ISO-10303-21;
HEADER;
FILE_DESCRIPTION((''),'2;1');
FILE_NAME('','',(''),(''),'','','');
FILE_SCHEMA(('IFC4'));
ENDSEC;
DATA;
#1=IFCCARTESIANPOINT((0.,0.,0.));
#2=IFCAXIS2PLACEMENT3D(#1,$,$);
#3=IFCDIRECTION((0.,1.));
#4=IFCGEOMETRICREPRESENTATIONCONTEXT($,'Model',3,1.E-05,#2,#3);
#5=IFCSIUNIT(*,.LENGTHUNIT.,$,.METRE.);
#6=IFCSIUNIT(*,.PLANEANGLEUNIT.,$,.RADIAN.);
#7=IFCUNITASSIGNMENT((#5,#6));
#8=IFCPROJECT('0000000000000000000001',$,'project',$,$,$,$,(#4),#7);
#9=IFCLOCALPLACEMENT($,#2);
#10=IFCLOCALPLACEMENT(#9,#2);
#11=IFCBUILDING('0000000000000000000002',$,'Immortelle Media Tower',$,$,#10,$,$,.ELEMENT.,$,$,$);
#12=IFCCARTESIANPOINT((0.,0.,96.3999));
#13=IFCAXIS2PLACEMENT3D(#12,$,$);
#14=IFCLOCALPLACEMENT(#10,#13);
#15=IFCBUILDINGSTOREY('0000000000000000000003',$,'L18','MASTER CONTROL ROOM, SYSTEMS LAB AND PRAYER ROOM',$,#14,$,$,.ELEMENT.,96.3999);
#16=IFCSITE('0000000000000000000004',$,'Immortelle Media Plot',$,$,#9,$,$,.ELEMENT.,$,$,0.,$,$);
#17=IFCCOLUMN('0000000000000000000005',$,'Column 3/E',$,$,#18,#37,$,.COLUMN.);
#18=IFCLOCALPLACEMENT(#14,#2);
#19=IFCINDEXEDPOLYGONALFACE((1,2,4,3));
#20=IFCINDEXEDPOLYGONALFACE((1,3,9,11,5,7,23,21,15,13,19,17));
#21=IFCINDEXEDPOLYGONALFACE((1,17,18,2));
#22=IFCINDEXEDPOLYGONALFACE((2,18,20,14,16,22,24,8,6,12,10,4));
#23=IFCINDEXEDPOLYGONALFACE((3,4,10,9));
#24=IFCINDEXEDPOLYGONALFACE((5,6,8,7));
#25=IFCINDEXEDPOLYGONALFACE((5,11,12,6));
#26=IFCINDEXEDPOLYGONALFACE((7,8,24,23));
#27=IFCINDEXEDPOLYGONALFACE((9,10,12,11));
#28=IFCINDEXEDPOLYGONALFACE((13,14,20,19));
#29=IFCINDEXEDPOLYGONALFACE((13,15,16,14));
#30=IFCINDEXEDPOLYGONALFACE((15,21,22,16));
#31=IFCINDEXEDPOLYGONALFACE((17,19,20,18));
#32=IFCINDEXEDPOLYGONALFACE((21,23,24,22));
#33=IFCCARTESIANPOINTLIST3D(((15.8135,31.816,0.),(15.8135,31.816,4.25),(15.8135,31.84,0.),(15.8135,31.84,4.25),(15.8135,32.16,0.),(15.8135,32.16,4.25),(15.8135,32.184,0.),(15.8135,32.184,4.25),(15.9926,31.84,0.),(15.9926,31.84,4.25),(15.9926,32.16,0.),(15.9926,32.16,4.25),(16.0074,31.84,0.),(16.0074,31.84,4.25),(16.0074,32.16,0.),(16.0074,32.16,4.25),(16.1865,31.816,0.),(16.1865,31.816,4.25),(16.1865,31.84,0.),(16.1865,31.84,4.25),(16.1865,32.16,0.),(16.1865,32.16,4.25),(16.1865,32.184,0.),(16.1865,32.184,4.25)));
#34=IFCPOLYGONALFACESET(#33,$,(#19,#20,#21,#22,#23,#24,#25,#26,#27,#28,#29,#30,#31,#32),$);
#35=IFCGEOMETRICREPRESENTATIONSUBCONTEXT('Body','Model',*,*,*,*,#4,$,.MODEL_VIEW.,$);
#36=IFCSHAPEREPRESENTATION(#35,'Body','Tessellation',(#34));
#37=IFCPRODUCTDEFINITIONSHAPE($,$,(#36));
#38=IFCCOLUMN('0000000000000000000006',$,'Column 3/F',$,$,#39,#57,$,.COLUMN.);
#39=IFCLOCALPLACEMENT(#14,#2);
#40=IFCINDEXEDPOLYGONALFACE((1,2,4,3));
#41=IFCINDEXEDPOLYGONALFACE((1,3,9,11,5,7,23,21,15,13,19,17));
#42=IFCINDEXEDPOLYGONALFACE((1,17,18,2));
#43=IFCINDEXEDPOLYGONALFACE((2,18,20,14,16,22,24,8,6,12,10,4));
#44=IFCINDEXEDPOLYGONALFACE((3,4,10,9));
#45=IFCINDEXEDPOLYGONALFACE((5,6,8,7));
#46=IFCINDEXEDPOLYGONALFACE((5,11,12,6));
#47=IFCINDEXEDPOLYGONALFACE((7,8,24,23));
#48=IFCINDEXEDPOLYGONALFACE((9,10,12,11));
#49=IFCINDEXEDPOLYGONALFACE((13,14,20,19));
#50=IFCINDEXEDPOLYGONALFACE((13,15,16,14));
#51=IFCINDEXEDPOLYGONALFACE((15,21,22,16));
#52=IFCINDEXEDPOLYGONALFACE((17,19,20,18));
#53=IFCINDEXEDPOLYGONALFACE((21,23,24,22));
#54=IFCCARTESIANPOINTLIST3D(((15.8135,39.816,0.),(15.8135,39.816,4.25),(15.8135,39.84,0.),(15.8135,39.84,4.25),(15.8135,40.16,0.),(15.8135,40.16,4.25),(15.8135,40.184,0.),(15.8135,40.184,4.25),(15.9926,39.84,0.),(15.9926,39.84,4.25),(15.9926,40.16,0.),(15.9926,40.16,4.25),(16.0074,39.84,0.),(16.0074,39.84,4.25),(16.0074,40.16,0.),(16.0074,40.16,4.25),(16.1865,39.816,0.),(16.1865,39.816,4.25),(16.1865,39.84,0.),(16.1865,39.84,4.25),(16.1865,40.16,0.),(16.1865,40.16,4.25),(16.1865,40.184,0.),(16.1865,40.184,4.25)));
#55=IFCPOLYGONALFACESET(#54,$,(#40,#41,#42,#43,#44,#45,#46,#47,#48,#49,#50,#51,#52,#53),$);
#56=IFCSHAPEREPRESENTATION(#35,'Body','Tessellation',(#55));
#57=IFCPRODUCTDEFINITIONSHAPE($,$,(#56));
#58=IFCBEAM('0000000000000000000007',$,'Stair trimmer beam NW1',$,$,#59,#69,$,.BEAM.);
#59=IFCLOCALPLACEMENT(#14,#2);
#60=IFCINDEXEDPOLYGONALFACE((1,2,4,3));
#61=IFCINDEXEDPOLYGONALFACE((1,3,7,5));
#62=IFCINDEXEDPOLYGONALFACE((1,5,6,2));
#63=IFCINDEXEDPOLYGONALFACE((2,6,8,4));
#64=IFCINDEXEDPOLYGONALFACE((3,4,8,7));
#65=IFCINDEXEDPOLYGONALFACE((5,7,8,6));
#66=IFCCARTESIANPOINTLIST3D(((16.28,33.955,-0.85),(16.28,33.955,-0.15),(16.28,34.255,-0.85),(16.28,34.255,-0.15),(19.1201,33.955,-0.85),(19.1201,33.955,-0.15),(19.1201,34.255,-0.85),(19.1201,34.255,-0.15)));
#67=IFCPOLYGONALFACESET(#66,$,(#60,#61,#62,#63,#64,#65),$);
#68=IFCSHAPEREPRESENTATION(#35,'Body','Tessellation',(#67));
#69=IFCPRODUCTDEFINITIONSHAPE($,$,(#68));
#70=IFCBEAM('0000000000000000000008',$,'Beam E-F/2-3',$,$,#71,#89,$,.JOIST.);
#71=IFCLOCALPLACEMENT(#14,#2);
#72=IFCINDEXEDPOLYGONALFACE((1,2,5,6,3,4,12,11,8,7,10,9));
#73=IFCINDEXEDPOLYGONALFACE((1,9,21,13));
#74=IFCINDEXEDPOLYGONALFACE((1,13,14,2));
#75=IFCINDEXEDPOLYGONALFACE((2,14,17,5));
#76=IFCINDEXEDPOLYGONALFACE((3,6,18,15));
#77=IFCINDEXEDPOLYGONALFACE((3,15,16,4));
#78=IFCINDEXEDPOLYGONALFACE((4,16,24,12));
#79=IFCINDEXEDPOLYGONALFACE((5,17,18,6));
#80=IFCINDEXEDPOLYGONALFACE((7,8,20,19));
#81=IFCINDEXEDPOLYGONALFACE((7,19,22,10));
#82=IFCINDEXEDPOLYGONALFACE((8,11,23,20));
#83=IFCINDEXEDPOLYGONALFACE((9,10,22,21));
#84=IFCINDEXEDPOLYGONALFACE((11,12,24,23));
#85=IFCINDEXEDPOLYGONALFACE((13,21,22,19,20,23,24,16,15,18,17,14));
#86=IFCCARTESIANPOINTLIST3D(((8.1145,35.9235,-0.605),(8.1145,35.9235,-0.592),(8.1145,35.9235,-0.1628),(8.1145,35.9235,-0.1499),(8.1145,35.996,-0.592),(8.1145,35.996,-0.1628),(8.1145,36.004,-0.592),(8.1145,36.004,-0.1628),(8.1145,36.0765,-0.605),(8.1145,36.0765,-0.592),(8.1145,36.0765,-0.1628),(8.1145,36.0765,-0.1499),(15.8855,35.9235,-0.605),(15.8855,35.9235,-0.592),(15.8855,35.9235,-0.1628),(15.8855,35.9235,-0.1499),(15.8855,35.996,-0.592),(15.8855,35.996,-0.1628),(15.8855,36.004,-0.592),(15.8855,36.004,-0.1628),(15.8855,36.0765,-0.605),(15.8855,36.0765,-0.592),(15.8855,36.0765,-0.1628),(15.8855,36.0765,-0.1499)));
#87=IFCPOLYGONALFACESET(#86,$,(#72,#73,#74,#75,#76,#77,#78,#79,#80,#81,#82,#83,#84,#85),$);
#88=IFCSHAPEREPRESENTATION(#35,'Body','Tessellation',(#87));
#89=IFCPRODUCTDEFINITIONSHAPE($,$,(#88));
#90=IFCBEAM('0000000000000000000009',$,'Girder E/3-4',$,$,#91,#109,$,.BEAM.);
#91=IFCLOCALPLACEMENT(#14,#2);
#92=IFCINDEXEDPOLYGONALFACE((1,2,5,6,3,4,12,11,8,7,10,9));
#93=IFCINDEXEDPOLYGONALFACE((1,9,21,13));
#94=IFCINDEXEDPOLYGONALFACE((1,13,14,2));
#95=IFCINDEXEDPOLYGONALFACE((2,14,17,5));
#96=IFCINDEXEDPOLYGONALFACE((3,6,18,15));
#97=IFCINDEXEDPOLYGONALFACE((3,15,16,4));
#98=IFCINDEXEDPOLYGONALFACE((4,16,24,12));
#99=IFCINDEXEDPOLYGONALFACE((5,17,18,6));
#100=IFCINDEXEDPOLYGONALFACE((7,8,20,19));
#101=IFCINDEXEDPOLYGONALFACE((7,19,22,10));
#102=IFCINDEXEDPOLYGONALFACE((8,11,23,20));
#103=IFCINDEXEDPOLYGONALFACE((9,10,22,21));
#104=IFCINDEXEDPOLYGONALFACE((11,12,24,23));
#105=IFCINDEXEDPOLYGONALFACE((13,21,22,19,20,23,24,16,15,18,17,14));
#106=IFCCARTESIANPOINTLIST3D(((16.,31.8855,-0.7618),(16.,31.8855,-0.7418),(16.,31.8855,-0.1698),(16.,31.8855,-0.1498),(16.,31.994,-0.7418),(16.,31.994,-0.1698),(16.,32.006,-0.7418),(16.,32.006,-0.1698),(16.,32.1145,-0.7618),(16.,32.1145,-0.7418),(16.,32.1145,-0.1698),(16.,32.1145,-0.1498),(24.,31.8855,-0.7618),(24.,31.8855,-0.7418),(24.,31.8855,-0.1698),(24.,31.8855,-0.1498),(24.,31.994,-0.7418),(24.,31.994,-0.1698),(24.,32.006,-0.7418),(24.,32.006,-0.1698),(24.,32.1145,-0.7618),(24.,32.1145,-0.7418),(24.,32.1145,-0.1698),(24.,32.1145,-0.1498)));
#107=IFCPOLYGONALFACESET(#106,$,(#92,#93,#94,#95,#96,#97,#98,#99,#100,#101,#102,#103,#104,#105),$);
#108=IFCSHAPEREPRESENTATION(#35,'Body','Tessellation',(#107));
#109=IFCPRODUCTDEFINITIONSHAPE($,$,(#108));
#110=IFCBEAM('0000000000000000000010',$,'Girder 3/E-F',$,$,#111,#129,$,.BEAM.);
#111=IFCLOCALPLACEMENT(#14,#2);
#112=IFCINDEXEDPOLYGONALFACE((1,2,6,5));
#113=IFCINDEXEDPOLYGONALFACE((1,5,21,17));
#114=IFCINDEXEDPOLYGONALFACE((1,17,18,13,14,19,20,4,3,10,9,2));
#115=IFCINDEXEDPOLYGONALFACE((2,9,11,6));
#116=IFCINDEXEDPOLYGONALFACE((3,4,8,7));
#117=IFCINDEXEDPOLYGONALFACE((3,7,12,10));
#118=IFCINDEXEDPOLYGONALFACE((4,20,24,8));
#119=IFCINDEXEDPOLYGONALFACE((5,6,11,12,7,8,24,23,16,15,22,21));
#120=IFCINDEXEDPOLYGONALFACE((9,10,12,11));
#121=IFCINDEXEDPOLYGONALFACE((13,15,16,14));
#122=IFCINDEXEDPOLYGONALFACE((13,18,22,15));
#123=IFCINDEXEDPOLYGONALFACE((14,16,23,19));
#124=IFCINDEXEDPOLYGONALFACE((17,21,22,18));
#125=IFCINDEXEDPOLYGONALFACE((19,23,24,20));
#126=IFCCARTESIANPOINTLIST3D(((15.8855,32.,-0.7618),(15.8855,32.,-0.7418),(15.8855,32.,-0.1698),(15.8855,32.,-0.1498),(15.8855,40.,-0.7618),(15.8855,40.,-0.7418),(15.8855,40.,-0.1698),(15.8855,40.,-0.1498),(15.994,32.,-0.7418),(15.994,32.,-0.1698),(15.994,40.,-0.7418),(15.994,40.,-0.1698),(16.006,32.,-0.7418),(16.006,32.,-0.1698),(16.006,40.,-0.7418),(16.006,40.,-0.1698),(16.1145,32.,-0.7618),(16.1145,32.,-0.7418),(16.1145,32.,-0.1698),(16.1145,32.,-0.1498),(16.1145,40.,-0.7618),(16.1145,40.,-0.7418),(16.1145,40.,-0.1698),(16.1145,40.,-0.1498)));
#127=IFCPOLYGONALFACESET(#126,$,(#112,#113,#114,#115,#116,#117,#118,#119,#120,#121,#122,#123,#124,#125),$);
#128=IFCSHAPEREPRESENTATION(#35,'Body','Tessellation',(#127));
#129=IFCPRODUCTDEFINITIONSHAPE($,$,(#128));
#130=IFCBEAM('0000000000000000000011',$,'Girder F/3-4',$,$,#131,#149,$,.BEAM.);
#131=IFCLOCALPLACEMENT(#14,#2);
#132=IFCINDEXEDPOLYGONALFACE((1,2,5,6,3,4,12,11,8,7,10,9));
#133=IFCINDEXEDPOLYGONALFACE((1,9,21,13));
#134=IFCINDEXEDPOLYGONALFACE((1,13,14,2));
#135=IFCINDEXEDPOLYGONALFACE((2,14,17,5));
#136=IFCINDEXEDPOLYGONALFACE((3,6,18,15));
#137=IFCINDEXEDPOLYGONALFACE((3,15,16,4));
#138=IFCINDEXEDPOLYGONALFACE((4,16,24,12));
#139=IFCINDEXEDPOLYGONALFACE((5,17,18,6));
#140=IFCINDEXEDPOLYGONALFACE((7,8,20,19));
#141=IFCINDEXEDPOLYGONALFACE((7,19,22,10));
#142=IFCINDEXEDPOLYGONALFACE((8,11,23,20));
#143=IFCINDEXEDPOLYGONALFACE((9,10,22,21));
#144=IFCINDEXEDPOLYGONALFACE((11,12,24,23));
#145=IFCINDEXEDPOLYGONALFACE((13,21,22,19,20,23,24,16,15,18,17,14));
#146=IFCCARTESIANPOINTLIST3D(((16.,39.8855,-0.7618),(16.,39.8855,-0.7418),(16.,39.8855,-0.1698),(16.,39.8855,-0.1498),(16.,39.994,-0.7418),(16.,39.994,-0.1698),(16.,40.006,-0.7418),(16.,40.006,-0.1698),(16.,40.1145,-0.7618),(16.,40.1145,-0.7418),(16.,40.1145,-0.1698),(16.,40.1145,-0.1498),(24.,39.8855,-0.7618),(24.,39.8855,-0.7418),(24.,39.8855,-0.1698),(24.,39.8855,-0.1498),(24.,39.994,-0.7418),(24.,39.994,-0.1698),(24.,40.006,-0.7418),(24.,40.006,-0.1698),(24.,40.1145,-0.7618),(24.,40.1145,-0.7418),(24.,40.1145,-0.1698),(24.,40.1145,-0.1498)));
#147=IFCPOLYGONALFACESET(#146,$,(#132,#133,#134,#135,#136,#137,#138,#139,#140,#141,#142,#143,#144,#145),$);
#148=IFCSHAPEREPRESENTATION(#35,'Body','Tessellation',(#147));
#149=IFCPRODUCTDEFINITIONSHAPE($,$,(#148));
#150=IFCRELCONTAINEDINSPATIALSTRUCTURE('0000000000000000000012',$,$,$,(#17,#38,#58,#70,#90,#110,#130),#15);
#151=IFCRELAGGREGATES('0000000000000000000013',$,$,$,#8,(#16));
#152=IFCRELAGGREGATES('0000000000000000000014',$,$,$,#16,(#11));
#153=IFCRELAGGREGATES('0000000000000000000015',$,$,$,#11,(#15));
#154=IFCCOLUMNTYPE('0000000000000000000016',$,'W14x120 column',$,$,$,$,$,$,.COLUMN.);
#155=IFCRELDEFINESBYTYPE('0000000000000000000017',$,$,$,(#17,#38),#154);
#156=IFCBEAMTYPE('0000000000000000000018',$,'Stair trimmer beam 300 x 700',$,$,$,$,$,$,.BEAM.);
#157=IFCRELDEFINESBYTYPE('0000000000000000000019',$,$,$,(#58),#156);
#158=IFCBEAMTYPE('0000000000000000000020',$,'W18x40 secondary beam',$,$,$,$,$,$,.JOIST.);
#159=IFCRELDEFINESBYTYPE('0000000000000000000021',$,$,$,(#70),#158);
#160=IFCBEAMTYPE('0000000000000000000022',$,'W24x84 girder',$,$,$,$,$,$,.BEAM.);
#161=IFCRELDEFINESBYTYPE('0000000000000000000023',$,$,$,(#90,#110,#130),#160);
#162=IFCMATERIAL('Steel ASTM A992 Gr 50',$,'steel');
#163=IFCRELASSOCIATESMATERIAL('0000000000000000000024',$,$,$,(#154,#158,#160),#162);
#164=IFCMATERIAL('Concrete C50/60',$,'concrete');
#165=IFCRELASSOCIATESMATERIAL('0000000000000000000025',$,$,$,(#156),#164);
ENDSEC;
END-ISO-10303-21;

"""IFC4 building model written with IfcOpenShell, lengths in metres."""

from ifc_helpers import new_model, si_unit, direction, frame, origin, origin_2d, place, context, subcontext, project, spatial, rectangle, i_section, extrude, material, material_profile, profile_set, type_object, element, save


model = new_model("IFC4")

# Units and contexts
model_context = context("Model", 3, precision=1e-05, world=origin(), true_north=direction((0.0, 1.0)))
body_context = subcontext(model_context, "Body", "Model", "MODEL_VIEW")
ifc_project = project(units=[si_unit("LENGTHUNIT", "METRE"), si_unit("PLANEANGLEUNIT", "RADIAN")], contexts=[model_context])

# Site, building, storey
site_placement = place(None, origin())
site = spatial("IfcSite", under=ifc_project, at=site_placement, Name="Immortelle Media Plot", CompositionType="ELEMENT", RefElevation=0.0)
building_placement = place(site_placement, origin())
building = spatial("IfcBuilding", under=site, at=building_placement, Name="Immortelle Media Tower", CompositionType="ELEMENT")
storey_placement = place(building_placement, frame((0.0, 0.0, 96.3999)))
storey = spatial("IfcBuildingStorey", under=building, at=storey_placement, Name="L18", Description="MASTER CONTROL ROOM, SYSTEMS LAB AND PRAYER ROOM", CompositionType="ELEMENT", Elevation=96.3999)

# Columns
ifc_material_1 = material(Name="Steel ASTM A992 Gr 50", Category="steel")
ifc_material_profile_1 = material_profile(ifc_material_1, i_section(OverallWidth=0.373, OverallDepth=0.3679, WebThickness=0.0149, FlangeThickness=0.0239, at=origin_2d()), Name="W14x120")
ifc_profile_set_1 = profile_set([ifc_material_profile_1], Name="Steel ASTM A992 Gr 50")
column_type = type_object("IfcColumnType", Name="W14x120 column", PredefinedType="COLUMN", material=ifc_profile_set_1)
for number, where, z_axis, x_axis, name in (
    (1, (16.0, 32.0, 0.0), (0.0, 0.0, 1.0), (1.0, 0.0, 0.0), "Column 3/E"),
    (2, (16.0, 40.0, 0.0), (0.0, 0.0, 1.0), (1.0, 0.0, 0.0), "Column 3/F"),
):
    element("IfcColumn", number, at=place(storey_placement, frame(where, z_axis=z_axis, x_axis=x_axis)), inside=storey, type_object=column_type, Name=name, PredefinedType="COLUMN", context=body_context, shape_type="SweptSolid", body=[
        extrude(i_section(OverallWidth=0.373, OverallDepth=0.3679, WebThickness=0.0149, FlangeThickness=0.0239, at=origin_2d()), origin(), (0.0, 0.0, 1.0), 4.25),
    ])

# Beams
ifc_material_2 = material(Name="Concrete C50/60", Category="concrete")
ifc_material_profile_2 = material_profile(ifc_material_2, rectangle(XDim=0.3, YDim=0.7, at=origin_2d()), Name="RC 300x700")
ifc_profile_set_2 = profile_set([ifc_material_profile_2], Name="Concrete C50/60")
beam_type_1 = type_object("IfcBeamType", Name="Stair trimmer beam 300 x 700", PredefinedType="BEAM", material=ifc_profile_set_2)
beam_1_placement = place(storey_placement, frame((16.28, 34.105, -0.5), z_axis=(1.0, 0.0, 0.0), x_axis=(0.0, 1.0, 0.0)))
element("IfcBeam", 3, at=beam_1_placement, inside=storey, type_object=beam_type_1, Name="Stair trimmer beam NW1", PredefinedType="BEAM", context=body_context, shape_type="SweptSolid", body=[
    extrude(rectangle(XDim=0.3, YDim=0.7, at=origin_2d()), origin(), (0.0, 0.0, 1.0), 2.8401),
])
ifc_material_profile_3 = material_profile(ifc_material_1, i_section(OverallWidth=0.1531, OverallDepth=0.4551, WebThickness=0.0081, FlangeThickness=0.0129, at=origin_2d()), Name="W18x40")
ifc_profile_set_3 = profile_set([ifc_material_profile_3], Name="Steel ASTM A992 Gr 50")
beam_type_2 = type_object("IfcBeamType", Name="W18x40 secondary beam", PredefinedType="JOIST", material=ifc_profile_set_3)
beam_2_placement = place(storey_placement, frame((8.1145, 36.0, -0.3774), z_axis=(1.0, 0.0, 0.0), x_axis=(0.0, 1.0, 0.0)))
element("IfcBeam", 4, at=beam_2_placement, inside=storey, type_object=beam_type_2, Name="Beam E-F/2-3", PredefinedType="JOIST", context=body_context, shape_type="SweptSolid", body=[
    extrude(i_section(OverallWidth=0.1531, OverallDepth=0.4551, WebThickness=0.0081, FlangeThickness=0.0129, at=origin_2d()), origin(), (0.0, 0.0, 1.0), 7.771),
])
ifc_material_profile_4 = material_profile(ifc_material_1, i_section(OverallWidth=0.229, OverallDepth=0.6121, WebThickness=0.012, FlangeThickness=0.02, at=origin_2d()), Name="W24x84")
ifc_profile_set_4 = profile_set([ifc_material_profile_4], Name="Steel ASTM A992 Gr 50")
beam_type_3 = type_object("IfcBeamType", Name="W24x84 girder", PredefinedType="BEAM", material=ifc_profile_set_4)
for number, where, z_axis, x_axis, name in (
    (5, (16.0, 32.0, -0.4558), (1.0, 0.0, 0.0), (0.0, 1.0, 0.0), "Girder E/3-4"),
    (6, (16.0, 32.0, -0.4558), (0.0, 1.0, 0.0), (-1.0, 0.0, 0.0), "Girder 3/E-F"),
    (7, (16.0, 40.0, -0.4558), (1.0, 0.0, 0.0), (0.0, 1.0, 0.0), "Girder F/3-4"),
):
    element("IfcBeam", number, at=place(storey_placement, frame(where, z_axis=z_axis, x_axis=x_axis)), inside=storey, type_object=beam_type_3, Name=name, PredefinedType="BEAM", context=body_context, shape_type="SweptSolid", body=[
        extrude(i_section(OverallWidth=0.229, OverallDepth=0.6121, WebThickness=0.012, FlangeThickness=0.02, at=origin_2d()), origin(), (0.0, 0.0, 1.0), 8.0),
    ])

save(model, "model.ifc")
